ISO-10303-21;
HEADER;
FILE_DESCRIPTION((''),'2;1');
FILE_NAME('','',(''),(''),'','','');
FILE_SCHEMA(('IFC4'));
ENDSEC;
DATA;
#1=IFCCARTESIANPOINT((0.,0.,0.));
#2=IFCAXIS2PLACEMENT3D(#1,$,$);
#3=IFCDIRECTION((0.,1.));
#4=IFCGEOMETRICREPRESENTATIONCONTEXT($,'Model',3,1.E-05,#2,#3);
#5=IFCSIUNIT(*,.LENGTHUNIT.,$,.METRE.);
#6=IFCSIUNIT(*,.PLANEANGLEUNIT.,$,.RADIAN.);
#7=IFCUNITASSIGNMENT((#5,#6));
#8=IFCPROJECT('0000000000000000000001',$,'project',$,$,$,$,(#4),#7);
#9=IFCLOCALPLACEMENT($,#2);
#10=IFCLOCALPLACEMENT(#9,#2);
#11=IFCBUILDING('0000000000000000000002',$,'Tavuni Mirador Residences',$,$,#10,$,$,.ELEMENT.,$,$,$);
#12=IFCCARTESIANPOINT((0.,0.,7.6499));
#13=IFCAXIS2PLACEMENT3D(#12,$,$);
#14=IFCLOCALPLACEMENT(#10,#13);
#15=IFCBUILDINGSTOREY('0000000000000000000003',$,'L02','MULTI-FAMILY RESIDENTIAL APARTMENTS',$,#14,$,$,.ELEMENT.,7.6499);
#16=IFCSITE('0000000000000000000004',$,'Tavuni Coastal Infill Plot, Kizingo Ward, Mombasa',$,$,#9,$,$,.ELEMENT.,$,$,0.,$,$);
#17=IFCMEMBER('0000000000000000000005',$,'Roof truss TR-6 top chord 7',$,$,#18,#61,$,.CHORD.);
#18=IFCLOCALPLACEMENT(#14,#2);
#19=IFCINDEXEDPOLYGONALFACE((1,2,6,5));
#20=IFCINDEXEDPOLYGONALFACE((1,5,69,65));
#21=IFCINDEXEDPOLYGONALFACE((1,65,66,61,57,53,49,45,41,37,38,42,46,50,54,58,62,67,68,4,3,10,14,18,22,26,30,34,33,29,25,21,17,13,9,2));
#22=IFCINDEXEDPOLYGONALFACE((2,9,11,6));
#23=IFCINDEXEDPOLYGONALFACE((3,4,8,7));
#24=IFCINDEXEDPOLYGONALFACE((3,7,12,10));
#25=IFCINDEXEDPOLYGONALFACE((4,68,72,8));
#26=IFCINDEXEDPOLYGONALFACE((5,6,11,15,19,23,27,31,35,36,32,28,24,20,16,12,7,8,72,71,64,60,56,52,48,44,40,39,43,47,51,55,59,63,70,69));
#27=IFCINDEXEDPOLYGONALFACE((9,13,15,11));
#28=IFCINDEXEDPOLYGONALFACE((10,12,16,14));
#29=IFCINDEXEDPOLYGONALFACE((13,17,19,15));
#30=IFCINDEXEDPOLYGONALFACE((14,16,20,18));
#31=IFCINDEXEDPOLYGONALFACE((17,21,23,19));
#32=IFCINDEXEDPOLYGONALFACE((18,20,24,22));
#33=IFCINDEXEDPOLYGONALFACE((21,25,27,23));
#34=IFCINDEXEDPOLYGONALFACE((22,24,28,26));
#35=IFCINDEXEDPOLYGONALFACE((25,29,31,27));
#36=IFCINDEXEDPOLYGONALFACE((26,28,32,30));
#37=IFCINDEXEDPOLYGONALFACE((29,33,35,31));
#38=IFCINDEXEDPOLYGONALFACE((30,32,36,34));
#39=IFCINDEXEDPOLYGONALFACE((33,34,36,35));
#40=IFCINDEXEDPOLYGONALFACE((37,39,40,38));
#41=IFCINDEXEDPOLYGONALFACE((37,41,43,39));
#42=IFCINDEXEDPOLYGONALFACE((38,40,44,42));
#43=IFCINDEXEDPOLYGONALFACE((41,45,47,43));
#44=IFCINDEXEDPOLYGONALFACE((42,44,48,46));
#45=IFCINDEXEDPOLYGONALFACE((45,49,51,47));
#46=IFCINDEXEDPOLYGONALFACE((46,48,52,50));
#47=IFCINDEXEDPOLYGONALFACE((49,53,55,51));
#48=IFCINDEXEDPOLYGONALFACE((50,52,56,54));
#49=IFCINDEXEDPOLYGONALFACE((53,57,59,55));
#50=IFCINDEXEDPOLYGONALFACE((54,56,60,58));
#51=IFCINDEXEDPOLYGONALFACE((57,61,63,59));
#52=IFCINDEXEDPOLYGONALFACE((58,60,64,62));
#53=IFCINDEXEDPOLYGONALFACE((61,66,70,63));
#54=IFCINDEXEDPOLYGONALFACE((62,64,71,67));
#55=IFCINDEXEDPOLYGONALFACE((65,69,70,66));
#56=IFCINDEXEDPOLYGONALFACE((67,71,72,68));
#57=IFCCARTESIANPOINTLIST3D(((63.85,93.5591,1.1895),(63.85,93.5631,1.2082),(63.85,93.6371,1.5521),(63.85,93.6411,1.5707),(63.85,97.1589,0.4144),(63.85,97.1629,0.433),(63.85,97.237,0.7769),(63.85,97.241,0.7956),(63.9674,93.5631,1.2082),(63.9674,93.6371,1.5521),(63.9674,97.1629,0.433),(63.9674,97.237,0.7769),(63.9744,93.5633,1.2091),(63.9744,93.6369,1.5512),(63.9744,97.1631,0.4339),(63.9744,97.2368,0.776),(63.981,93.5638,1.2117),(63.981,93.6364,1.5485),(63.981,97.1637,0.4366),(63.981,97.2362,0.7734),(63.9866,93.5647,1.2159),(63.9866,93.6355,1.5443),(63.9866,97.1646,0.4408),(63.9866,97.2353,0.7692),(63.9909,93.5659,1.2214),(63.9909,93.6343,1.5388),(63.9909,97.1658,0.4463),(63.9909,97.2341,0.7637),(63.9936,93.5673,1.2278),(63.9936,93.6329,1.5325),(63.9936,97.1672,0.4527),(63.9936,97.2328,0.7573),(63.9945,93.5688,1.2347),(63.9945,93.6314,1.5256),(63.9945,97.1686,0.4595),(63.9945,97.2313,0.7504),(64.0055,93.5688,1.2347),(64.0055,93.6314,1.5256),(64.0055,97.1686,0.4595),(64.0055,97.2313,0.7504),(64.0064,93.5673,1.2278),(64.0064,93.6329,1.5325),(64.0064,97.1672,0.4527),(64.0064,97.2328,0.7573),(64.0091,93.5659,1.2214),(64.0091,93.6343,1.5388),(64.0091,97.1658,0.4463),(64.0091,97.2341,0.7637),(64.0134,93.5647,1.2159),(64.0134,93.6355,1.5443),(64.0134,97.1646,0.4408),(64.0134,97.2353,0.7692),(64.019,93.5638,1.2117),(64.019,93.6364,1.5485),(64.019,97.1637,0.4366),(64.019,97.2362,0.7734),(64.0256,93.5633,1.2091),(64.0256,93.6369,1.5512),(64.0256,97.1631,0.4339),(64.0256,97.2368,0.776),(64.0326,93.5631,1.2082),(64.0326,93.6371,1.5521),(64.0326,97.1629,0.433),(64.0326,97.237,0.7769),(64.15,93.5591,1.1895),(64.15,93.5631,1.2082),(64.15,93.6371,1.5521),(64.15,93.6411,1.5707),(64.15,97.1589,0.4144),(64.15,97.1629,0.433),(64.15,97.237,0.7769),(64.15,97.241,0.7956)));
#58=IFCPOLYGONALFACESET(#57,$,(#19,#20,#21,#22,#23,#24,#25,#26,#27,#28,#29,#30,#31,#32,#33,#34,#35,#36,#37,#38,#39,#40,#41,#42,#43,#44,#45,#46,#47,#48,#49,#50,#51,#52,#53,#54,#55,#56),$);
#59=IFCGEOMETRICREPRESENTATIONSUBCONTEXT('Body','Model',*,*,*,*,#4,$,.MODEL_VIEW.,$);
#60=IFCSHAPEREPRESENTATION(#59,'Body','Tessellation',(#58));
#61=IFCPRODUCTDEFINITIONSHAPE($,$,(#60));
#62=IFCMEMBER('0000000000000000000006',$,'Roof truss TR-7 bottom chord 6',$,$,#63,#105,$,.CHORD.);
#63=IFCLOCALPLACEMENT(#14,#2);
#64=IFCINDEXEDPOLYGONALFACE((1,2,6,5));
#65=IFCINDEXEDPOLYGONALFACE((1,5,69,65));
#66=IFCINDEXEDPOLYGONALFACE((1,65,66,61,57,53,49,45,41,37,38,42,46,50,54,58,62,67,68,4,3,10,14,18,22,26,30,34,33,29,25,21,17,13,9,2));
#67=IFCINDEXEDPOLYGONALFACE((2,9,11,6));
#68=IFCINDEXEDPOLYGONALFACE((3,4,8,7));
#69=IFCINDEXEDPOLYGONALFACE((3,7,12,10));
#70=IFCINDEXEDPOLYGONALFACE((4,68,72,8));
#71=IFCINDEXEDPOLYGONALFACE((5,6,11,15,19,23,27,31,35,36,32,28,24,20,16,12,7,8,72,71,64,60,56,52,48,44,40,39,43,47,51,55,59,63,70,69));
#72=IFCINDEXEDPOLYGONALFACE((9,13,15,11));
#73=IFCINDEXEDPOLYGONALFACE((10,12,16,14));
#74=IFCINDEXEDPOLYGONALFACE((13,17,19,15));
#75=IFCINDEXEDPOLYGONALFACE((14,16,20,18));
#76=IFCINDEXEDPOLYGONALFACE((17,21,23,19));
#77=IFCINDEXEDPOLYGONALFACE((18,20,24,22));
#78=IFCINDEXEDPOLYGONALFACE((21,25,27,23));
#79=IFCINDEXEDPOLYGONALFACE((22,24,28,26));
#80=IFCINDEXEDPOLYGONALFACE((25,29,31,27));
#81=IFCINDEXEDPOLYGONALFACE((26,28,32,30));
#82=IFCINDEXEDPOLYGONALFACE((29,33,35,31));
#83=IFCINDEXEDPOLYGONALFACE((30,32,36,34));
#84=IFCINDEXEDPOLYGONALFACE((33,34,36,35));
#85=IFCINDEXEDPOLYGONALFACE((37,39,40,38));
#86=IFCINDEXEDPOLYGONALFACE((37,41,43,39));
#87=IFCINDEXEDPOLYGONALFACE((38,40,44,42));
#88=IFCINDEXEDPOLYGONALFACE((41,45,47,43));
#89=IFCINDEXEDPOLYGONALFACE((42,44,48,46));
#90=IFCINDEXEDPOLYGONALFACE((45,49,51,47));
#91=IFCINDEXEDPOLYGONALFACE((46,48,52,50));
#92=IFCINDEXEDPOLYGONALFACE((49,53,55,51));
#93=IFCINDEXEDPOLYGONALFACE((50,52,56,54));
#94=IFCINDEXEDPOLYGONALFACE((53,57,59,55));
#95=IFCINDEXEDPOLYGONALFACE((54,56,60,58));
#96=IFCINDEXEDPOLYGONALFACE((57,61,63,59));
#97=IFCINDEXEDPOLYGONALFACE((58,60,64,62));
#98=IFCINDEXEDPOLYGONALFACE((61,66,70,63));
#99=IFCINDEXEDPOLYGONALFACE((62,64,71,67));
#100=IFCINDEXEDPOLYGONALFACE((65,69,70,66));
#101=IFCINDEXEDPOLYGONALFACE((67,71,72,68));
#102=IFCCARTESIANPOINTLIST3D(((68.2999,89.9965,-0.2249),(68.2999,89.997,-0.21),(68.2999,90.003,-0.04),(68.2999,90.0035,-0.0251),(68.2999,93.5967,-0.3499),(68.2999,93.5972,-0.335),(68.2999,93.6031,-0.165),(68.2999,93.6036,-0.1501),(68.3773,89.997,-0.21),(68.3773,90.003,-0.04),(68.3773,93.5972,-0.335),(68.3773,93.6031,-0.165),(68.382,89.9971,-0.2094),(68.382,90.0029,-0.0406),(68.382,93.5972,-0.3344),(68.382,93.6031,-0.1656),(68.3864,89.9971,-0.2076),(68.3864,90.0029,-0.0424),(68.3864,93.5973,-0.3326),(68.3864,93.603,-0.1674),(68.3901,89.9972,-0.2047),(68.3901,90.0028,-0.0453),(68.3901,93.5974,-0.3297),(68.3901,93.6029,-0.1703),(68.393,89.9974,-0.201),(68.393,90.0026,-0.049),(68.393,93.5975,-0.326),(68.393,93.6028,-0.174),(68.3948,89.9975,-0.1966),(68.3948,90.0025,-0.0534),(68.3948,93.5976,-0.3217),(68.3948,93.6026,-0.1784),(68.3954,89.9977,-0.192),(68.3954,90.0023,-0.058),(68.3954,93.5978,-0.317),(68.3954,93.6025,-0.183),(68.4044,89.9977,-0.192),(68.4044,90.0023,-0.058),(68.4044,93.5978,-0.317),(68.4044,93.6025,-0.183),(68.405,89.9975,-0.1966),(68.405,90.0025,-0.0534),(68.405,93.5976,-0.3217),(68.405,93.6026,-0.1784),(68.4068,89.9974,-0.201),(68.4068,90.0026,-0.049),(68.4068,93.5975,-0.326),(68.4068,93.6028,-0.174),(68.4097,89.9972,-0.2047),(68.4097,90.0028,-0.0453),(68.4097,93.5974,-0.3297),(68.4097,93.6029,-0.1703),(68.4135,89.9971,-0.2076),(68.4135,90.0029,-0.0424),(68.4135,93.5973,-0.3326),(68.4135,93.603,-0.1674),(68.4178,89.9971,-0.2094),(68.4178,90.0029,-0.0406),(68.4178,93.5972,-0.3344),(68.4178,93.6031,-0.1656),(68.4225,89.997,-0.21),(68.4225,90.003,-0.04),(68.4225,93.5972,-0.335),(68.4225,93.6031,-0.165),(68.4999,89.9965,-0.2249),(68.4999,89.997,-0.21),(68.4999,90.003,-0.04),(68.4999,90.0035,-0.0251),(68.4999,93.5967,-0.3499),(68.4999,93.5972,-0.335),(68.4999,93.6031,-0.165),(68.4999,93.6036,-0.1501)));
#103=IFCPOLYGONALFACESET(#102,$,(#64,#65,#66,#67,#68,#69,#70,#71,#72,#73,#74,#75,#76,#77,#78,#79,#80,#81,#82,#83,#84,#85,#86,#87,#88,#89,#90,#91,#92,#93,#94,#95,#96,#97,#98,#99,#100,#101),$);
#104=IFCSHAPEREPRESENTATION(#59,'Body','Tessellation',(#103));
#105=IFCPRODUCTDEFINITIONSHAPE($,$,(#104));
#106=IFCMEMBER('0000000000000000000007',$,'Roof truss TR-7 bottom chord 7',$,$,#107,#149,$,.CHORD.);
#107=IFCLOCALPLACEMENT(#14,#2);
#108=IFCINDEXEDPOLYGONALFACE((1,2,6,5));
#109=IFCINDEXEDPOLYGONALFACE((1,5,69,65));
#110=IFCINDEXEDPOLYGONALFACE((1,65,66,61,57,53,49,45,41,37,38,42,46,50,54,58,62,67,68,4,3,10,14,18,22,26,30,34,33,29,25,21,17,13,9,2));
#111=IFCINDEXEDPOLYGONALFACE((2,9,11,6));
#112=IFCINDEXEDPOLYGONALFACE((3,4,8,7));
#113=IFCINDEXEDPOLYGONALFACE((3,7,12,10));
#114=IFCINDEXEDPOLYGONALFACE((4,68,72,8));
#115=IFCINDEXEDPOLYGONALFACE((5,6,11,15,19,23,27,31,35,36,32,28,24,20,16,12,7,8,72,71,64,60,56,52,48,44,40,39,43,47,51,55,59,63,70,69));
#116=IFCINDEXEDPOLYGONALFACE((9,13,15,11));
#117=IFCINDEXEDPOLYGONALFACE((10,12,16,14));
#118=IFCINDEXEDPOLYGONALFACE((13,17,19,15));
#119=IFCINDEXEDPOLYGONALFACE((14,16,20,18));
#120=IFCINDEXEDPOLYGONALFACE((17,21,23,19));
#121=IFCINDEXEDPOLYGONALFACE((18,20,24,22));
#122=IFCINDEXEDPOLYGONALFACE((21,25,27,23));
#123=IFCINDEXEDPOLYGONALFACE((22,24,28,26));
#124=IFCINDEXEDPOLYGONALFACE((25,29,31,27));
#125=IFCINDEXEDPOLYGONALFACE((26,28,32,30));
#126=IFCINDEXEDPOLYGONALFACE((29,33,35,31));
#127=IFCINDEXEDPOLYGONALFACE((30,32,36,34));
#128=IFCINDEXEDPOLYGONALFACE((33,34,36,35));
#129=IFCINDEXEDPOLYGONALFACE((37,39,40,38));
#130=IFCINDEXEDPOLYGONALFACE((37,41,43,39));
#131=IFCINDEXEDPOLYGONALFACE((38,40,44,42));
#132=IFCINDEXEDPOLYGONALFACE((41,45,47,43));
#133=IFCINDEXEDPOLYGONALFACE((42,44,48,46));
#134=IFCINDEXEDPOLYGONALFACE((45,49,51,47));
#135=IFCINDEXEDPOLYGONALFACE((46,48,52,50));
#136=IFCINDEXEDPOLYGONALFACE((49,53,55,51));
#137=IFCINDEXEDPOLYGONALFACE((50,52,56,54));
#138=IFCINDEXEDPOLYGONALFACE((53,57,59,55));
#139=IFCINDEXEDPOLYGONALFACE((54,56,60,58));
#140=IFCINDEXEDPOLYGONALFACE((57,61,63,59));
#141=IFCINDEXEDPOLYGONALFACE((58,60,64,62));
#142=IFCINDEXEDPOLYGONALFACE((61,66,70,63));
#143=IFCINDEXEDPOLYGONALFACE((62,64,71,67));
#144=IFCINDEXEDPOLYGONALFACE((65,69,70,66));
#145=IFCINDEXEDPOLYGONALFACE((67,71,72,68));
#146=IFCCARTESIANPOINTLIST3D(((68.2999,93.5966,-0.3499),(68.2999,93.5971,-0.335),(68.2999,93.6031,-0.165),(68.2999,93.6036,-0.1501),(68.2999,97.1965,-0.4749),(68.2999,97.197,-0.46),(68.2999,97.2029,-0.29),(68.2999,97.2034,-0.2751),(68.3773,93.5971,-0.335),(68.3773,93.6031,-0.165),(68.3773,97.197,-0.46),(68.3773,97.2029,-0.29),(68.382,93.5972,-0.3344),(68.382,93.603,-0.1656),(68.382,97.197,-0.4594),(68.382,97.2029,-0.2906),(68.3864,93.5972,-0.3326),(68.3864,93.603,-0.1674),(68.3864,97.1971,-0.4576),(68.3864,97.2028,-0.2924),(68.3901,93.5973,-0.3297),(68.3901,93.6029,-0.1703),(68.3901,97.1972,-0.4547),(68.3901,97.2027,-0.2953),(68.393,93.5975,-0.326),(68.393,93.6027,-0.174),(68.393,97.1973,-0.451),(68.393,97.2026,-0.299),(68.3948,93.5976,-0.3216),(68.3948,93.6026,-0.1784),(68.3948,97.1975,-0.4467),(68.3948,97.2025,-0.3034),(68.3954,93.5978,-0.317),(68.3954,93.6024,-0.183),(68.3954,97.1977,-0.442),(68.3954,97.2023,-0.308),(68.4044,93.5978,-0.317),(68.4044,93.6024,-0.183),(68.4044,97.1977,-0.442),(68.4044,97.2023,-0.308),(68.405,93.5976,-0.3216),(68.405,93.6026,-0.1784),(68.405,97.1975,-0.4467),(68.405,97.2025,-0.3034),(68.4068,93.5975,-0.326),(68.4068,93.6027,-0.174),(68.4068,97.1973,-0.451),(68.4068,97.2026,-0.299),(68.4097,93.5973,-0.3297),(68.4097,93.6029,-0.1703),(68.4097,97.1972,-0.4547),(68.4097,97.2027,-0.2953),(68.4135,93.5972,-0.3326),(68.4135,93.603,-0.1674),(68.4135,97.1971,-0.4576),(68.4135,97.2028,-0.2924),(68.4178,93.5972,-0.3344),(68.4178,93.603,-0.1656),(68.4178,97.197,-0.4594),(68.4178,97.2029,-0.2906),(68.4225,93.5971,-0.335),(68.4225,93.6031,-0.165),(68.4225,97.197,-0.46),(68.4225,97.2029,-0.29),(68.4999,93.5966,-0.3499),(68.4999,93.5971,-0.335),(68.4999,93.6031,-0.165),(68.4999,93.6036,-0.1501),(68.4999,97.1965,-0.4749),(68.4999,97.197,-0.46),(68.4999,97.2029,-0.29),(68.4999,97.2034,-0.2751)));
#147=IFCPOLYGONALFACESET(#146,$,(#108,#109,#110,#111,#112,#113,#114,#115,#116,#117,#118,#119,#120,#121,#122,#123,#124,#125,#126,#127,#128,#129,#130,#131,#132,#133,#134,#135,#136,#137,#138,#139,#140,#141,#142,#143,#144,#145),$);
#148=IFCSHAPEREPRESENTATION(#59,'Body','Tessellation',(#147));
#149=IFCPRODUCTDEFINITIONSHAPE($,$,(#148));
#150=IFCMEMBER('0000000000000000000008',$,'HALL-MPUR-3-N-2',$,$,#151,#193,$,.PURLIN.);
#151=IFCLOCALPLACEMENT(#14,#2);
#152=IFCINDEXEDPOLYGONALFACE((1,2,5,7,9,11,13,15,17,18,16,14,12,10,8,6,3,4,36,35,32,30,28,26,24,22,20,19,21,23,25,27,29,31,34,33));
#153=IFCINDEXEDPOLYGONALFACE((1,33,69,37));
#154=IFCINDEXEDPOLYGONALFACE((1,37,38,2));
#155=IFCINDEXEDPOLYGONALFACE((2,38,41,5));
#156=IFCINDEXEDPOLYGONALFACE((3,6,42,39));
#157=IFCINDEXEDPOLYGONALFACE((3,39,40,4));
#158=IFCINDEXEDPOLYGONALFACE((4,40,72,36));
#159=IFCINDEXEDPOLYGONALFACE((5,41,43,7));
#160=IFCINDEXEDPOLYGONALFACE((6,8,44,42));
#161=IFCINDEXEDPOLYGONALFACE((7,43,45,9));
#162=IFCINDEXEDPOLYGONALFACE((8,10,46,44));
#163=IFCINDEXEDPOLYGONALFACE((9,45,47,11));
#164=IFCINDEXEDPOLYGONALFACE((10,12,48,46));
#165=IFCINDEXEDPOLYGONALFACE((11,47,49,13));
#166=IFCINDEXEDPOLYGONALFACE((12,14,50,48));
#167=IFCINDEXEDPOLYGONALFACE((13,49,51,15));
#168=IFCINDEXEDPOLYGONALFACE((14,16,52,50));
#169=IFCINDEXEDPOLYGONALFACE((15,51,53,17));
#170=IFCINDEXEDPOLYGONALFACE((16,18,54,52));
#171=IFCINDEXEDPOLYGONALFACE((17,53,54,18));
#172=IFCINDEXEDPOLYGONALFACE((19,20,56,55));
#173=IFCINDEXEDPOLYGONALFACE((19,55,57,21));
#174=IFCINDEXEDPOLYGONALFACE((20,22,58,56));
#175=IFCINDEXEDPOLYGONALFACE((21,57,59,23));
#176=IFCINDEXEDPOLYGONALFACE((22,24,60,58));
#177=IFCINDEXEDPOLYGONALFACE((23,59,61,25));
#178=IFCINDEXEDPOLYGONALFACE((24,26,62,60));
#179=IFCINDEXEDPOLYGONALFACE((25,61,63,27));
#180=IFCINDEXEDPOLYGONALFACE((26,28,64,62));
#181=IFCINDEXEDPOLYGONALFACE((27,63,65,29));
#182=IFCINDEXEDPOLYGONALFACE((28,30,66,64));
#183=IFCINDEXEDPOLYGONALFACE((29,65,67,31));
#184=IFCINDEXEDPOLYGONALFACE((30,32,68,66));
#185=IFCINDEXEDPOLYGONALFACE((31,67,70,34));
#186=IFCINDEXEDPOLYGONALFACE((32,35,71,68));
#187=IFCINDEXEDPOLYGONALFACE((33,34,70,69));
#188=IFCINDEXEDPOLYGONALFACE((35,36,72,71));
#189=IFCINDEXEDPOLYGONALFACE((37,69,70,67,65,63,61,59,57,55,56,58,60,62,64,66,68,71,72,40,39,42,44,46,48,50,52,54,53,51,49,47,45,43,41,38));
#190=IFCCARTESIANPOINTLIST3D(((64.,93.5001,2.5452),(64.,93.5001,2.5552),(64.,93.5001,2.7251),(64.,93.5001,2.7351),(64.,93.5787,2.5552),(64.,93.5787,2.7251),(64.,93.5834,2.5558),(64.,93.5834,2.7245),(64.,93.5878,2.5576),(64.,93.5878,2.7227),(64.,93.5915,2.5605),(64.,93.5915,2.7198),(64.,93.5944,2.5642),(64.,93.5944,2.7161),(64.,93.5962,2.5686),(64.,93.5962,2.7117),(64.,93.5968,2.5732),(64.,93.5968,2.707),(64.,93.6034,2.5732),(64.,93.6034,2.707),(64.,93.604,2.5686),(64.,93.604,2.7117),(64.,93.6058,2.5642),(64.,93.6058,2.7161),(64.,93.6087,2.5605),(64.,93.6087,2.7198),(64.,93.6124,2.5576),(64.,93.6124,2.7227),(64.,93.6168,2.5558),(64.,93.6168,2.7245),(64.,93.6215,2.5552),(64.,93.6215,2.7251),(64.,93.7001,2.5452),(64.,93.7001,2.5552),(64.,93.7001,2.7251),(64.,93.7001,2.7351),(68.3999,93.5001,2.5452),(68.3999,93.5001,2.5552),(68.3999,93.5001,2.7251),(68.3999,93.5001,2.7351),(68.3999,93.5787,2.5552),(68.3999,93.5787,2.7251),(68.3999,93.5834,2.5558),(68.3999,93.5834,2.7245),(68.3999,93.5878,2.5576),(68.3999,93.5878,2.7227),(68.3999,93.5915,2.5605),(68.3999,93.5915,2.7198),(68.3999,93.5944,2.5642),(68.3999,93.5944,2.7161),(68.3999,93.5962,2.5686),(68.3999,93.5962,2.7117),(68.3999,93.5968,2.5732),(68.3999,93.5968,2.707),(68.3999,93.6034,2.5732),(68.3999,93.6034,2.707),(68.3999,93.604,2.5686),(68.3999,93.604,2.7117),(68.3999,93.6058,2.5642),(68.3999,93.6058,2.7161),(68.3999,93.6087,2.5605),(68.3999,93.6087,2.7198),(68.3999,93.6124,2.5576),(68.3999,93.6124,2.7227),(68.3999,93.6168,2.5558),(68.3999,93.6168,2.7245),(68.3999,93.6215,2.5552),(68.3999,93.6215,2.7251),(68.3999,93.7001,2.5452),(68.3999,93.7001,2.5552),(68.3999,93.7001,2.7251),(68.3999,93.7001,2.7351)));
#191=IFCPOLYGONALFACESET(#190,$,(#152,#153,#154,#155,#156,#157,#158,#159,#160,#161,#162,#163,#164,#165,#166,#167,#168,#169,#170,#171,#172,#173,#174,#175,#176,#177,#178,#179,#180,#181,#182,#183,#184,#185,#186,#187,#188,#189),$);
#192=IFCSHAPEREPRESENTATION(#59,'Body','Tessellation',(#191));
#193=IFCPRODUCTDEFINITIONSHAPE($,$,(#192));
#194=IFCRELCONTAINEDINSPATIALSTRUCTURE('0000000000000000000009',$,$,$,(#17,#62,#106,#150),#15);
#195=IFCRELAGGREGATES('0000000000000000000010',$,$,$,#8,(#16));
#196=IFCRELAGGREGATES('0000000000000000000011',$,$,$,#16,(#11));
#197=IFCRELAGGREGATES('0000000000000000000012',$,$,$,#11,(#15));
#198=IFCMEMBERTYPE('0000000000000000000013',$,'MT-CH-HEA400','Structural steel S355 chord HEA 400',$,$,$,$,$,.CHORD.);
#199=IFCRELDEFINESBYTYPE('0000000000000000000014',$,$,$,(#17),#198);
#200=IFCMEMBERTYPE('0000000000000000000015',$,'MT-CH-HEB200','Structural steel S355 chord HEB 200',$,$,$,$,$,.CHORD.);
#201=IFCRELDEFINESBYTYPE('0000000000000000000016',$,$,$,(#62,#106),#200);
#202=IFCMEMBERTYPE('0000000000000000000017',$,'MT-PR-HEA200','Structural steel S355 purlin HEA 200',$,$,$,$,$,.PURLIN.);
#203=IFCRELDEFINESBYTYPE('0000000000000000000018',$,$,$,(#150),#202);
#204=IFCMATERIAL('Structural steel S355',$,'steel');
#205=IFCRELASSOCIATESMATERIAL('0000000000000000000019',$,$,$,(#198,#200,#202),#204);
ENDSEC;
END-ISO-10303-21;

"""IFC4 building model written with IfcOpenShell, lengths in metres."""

from ifc_helpers import new_model, si_unit, direction, frame, origin, origin_2d, place, context, subcontext, project, spatial, i_section, extrude, material, material_profile, profile_set, type_object, element, save


model = new_model("IFC4")

# Units and contexts
model_context = context("Model", 3, precision=1e-05, world=origin(), true_north=direction((0.0, 1.0)))
body_context = subcontext(model_context, "Body", "Model", "MODEL_VIEW")
ifc_project = project(units=[si_unit("LENGTHUNIT", "METRE"), si_unit("PLANEANGLEUNIT", "RADIAN")], contexts=[model_context])

# Site, building, storey
site_placement = place(None, origin())
site = spatial("IfcSite", under=ifc_project, at=site_placement, Name="Tavuni Coastal Infill Plot, Kizingo Ward, Mombasa", CompositionType="ELEMENT", RefElevation=0.0)
building_placement = place(site_placement, origin())
building = spatial("IfcBuilding", under=site, at=building_placement, Name="Tavuni Mirador Residences", CompositionType="ELEMENT")
storey_placement = place(building_placement, frame((0.0, 0.0, 7.6499)))
storey = spatial("IfcBuildingStorey", under=building, at=storey_placement, Name="L02", Description="MULTI-FAMILY RESIDENTIAL APARTMENTS", CompositionType="ELEMENT", Elevation=7.6499)

# Members
ifc_material_1 = material(Name="Structural steel S355", Category="steel")
ifc_material_profile_1 = material_profile(ifc_material_1, i_section(OverallWidth=0.3, OverallDepth=0.3899, WebThickness=0.011, FlangeThickness=0.019, FilletRadius=0.0271, at=origin_2d()), Name="HEA 400", Category="steel")
ifc_profile_set_1 = profile_set([ifc_material_profile_1], Name="Structural steel S355")
member_type_1 = type_object("IfcMemberType", Name="MT-CH-HEA400", Description="Structural steel S355 chord HEA 400", PredefinedType="CHORD", material=ifc_profile_set_1)
member_1_placement = place(storey_placement, frame((64.0, 93.6001, 1.3801), z_axis=(0.0, 0.977593, -0.210502), x_axis=(-1.0, 0.0, 0.0)))
element("IfcMember", 1, at=member_1_placement, inside=storey, type_object=member_type_1, Name="Roof truss TR-6 top chord 7", PredefinedType="CHORD", context=body_context, shape_type="SweptSolid", body=[
    extrude(i_section(OverallWidth=0.3, OverallDepth=0.3899, WebThickness=0.011, FlangeThickness=0.019, FilletRadius=0.0271, at=origin_2d()), origin(), (0.0, 0.0, 1.0), 3.6824),
])
ifc_material_profile_2 = material_profile(ifc_material_1, i_section(OverallWidth=0.2, OverallDepth=0.2, WebThickness=0.009, FlangeThickness=0.0149, FilletRadius=0.0181, at=origin_2d()), Name="HEB 200", Category="steel")
ifc_profile_set_2 = profile_set([ifc_material_profile_2], Name="Structural steel S355")
member_type_2 = type_object("IfcMemberType", Name="MT-CH-HEB200", Description="Structural steel S355 chord HEB 200", PredefinedType="CHORD", material=ifc_profile_set_2)
member_2_placement = place(storey_placement, frame((68.3999, 90.0, -0.125), z_axis=(0.0, 0.999398, -0.0347), x_axis=(-1.0, 0.0, 0.0)))
element("IfcMember", 2, at=member_2_placement, inside=storey, type_object=member_type_2, Name="Roof truss TR-7 bottom chord 6", PredefinedType="CHORD", context=body_context, shape_type="SweptSolid", body=[
    extrude(i_section(OverallWidth=0.2, OverallDepth=0.2, WebThickness=0.009, FlangeThickness=0.0149, FilletRadius=0.0181, at=origin_2d()), origin(), (0.0, 0.0, 1.0), 3.6023),
])
member_3_placement = place(storey_placement, frame((68.3999, 93.6001, -0.25), z_axis=(0.0, 0.999398, -0.034703), x_axis=(-1.0, 0.0, 0.0)))
element("IfcMember", 3, at=member_3_placement, inside=storey, type_object=member_type_2, Name="Roof truss TR-7 bottom chord 7", PredefinedType="CHORD", context=body_context, shape_type="SweptSolid", body=[
    extrude(i_section(OverallWidth=0.2, OverallDepth=0.2, WebThickness=0.009, FlangeThickness=0.0149, FilletRadius=0.0181, at=origin_2d()), origin(), (0.0, 0.0, 1.0), 3.6021),
])
ifc_material_profile_3 = material_profile(ifc_material_1, i_section(OverallWidth=0.2, OverallDepth=0.1899, WebThickness=0.0066, FlangeThickness=0.01, FilletRadius=0.0181, at=origin_2d()), Name="HEA 200", Category="steel")
ifc_profile_set_3 = profile_set([ifc_material_profile_3], Name="Structural steel S355")
member_type_3 = type_object("IfcMemberType", Name="MT-PR-HEA200", Description="Structural steel S355 purlin HEA 200", PredefinedType="PURLIN", material=ifc_profile_set_3)
member_4_placement = place(storey_placement, frame((64.0, 93.6001, 2.6401), z_axis=(1.0, 0.0, 0.0), x_axis=(0.0, 1.0, 0.0)))
element("IfcMember", 4, at=member_4_placement, inside=storey, type_object=member_type_3, Name="HALL-MPUR-3-N-2", PredefinedType="PURLIN", context=body_context, shape_type="SweptSolid", body=[
    extrude(i_section(OverallWidth=0.2, OverallDepth=0.1899, WebThickness=0.0066, FlangeThickness=0.01, FilletRadius=0.0181, at=origin_2d()), origin(), (0.0, 0.0, 1.0), 4.3999),
])

save(model, "model.ifc")
